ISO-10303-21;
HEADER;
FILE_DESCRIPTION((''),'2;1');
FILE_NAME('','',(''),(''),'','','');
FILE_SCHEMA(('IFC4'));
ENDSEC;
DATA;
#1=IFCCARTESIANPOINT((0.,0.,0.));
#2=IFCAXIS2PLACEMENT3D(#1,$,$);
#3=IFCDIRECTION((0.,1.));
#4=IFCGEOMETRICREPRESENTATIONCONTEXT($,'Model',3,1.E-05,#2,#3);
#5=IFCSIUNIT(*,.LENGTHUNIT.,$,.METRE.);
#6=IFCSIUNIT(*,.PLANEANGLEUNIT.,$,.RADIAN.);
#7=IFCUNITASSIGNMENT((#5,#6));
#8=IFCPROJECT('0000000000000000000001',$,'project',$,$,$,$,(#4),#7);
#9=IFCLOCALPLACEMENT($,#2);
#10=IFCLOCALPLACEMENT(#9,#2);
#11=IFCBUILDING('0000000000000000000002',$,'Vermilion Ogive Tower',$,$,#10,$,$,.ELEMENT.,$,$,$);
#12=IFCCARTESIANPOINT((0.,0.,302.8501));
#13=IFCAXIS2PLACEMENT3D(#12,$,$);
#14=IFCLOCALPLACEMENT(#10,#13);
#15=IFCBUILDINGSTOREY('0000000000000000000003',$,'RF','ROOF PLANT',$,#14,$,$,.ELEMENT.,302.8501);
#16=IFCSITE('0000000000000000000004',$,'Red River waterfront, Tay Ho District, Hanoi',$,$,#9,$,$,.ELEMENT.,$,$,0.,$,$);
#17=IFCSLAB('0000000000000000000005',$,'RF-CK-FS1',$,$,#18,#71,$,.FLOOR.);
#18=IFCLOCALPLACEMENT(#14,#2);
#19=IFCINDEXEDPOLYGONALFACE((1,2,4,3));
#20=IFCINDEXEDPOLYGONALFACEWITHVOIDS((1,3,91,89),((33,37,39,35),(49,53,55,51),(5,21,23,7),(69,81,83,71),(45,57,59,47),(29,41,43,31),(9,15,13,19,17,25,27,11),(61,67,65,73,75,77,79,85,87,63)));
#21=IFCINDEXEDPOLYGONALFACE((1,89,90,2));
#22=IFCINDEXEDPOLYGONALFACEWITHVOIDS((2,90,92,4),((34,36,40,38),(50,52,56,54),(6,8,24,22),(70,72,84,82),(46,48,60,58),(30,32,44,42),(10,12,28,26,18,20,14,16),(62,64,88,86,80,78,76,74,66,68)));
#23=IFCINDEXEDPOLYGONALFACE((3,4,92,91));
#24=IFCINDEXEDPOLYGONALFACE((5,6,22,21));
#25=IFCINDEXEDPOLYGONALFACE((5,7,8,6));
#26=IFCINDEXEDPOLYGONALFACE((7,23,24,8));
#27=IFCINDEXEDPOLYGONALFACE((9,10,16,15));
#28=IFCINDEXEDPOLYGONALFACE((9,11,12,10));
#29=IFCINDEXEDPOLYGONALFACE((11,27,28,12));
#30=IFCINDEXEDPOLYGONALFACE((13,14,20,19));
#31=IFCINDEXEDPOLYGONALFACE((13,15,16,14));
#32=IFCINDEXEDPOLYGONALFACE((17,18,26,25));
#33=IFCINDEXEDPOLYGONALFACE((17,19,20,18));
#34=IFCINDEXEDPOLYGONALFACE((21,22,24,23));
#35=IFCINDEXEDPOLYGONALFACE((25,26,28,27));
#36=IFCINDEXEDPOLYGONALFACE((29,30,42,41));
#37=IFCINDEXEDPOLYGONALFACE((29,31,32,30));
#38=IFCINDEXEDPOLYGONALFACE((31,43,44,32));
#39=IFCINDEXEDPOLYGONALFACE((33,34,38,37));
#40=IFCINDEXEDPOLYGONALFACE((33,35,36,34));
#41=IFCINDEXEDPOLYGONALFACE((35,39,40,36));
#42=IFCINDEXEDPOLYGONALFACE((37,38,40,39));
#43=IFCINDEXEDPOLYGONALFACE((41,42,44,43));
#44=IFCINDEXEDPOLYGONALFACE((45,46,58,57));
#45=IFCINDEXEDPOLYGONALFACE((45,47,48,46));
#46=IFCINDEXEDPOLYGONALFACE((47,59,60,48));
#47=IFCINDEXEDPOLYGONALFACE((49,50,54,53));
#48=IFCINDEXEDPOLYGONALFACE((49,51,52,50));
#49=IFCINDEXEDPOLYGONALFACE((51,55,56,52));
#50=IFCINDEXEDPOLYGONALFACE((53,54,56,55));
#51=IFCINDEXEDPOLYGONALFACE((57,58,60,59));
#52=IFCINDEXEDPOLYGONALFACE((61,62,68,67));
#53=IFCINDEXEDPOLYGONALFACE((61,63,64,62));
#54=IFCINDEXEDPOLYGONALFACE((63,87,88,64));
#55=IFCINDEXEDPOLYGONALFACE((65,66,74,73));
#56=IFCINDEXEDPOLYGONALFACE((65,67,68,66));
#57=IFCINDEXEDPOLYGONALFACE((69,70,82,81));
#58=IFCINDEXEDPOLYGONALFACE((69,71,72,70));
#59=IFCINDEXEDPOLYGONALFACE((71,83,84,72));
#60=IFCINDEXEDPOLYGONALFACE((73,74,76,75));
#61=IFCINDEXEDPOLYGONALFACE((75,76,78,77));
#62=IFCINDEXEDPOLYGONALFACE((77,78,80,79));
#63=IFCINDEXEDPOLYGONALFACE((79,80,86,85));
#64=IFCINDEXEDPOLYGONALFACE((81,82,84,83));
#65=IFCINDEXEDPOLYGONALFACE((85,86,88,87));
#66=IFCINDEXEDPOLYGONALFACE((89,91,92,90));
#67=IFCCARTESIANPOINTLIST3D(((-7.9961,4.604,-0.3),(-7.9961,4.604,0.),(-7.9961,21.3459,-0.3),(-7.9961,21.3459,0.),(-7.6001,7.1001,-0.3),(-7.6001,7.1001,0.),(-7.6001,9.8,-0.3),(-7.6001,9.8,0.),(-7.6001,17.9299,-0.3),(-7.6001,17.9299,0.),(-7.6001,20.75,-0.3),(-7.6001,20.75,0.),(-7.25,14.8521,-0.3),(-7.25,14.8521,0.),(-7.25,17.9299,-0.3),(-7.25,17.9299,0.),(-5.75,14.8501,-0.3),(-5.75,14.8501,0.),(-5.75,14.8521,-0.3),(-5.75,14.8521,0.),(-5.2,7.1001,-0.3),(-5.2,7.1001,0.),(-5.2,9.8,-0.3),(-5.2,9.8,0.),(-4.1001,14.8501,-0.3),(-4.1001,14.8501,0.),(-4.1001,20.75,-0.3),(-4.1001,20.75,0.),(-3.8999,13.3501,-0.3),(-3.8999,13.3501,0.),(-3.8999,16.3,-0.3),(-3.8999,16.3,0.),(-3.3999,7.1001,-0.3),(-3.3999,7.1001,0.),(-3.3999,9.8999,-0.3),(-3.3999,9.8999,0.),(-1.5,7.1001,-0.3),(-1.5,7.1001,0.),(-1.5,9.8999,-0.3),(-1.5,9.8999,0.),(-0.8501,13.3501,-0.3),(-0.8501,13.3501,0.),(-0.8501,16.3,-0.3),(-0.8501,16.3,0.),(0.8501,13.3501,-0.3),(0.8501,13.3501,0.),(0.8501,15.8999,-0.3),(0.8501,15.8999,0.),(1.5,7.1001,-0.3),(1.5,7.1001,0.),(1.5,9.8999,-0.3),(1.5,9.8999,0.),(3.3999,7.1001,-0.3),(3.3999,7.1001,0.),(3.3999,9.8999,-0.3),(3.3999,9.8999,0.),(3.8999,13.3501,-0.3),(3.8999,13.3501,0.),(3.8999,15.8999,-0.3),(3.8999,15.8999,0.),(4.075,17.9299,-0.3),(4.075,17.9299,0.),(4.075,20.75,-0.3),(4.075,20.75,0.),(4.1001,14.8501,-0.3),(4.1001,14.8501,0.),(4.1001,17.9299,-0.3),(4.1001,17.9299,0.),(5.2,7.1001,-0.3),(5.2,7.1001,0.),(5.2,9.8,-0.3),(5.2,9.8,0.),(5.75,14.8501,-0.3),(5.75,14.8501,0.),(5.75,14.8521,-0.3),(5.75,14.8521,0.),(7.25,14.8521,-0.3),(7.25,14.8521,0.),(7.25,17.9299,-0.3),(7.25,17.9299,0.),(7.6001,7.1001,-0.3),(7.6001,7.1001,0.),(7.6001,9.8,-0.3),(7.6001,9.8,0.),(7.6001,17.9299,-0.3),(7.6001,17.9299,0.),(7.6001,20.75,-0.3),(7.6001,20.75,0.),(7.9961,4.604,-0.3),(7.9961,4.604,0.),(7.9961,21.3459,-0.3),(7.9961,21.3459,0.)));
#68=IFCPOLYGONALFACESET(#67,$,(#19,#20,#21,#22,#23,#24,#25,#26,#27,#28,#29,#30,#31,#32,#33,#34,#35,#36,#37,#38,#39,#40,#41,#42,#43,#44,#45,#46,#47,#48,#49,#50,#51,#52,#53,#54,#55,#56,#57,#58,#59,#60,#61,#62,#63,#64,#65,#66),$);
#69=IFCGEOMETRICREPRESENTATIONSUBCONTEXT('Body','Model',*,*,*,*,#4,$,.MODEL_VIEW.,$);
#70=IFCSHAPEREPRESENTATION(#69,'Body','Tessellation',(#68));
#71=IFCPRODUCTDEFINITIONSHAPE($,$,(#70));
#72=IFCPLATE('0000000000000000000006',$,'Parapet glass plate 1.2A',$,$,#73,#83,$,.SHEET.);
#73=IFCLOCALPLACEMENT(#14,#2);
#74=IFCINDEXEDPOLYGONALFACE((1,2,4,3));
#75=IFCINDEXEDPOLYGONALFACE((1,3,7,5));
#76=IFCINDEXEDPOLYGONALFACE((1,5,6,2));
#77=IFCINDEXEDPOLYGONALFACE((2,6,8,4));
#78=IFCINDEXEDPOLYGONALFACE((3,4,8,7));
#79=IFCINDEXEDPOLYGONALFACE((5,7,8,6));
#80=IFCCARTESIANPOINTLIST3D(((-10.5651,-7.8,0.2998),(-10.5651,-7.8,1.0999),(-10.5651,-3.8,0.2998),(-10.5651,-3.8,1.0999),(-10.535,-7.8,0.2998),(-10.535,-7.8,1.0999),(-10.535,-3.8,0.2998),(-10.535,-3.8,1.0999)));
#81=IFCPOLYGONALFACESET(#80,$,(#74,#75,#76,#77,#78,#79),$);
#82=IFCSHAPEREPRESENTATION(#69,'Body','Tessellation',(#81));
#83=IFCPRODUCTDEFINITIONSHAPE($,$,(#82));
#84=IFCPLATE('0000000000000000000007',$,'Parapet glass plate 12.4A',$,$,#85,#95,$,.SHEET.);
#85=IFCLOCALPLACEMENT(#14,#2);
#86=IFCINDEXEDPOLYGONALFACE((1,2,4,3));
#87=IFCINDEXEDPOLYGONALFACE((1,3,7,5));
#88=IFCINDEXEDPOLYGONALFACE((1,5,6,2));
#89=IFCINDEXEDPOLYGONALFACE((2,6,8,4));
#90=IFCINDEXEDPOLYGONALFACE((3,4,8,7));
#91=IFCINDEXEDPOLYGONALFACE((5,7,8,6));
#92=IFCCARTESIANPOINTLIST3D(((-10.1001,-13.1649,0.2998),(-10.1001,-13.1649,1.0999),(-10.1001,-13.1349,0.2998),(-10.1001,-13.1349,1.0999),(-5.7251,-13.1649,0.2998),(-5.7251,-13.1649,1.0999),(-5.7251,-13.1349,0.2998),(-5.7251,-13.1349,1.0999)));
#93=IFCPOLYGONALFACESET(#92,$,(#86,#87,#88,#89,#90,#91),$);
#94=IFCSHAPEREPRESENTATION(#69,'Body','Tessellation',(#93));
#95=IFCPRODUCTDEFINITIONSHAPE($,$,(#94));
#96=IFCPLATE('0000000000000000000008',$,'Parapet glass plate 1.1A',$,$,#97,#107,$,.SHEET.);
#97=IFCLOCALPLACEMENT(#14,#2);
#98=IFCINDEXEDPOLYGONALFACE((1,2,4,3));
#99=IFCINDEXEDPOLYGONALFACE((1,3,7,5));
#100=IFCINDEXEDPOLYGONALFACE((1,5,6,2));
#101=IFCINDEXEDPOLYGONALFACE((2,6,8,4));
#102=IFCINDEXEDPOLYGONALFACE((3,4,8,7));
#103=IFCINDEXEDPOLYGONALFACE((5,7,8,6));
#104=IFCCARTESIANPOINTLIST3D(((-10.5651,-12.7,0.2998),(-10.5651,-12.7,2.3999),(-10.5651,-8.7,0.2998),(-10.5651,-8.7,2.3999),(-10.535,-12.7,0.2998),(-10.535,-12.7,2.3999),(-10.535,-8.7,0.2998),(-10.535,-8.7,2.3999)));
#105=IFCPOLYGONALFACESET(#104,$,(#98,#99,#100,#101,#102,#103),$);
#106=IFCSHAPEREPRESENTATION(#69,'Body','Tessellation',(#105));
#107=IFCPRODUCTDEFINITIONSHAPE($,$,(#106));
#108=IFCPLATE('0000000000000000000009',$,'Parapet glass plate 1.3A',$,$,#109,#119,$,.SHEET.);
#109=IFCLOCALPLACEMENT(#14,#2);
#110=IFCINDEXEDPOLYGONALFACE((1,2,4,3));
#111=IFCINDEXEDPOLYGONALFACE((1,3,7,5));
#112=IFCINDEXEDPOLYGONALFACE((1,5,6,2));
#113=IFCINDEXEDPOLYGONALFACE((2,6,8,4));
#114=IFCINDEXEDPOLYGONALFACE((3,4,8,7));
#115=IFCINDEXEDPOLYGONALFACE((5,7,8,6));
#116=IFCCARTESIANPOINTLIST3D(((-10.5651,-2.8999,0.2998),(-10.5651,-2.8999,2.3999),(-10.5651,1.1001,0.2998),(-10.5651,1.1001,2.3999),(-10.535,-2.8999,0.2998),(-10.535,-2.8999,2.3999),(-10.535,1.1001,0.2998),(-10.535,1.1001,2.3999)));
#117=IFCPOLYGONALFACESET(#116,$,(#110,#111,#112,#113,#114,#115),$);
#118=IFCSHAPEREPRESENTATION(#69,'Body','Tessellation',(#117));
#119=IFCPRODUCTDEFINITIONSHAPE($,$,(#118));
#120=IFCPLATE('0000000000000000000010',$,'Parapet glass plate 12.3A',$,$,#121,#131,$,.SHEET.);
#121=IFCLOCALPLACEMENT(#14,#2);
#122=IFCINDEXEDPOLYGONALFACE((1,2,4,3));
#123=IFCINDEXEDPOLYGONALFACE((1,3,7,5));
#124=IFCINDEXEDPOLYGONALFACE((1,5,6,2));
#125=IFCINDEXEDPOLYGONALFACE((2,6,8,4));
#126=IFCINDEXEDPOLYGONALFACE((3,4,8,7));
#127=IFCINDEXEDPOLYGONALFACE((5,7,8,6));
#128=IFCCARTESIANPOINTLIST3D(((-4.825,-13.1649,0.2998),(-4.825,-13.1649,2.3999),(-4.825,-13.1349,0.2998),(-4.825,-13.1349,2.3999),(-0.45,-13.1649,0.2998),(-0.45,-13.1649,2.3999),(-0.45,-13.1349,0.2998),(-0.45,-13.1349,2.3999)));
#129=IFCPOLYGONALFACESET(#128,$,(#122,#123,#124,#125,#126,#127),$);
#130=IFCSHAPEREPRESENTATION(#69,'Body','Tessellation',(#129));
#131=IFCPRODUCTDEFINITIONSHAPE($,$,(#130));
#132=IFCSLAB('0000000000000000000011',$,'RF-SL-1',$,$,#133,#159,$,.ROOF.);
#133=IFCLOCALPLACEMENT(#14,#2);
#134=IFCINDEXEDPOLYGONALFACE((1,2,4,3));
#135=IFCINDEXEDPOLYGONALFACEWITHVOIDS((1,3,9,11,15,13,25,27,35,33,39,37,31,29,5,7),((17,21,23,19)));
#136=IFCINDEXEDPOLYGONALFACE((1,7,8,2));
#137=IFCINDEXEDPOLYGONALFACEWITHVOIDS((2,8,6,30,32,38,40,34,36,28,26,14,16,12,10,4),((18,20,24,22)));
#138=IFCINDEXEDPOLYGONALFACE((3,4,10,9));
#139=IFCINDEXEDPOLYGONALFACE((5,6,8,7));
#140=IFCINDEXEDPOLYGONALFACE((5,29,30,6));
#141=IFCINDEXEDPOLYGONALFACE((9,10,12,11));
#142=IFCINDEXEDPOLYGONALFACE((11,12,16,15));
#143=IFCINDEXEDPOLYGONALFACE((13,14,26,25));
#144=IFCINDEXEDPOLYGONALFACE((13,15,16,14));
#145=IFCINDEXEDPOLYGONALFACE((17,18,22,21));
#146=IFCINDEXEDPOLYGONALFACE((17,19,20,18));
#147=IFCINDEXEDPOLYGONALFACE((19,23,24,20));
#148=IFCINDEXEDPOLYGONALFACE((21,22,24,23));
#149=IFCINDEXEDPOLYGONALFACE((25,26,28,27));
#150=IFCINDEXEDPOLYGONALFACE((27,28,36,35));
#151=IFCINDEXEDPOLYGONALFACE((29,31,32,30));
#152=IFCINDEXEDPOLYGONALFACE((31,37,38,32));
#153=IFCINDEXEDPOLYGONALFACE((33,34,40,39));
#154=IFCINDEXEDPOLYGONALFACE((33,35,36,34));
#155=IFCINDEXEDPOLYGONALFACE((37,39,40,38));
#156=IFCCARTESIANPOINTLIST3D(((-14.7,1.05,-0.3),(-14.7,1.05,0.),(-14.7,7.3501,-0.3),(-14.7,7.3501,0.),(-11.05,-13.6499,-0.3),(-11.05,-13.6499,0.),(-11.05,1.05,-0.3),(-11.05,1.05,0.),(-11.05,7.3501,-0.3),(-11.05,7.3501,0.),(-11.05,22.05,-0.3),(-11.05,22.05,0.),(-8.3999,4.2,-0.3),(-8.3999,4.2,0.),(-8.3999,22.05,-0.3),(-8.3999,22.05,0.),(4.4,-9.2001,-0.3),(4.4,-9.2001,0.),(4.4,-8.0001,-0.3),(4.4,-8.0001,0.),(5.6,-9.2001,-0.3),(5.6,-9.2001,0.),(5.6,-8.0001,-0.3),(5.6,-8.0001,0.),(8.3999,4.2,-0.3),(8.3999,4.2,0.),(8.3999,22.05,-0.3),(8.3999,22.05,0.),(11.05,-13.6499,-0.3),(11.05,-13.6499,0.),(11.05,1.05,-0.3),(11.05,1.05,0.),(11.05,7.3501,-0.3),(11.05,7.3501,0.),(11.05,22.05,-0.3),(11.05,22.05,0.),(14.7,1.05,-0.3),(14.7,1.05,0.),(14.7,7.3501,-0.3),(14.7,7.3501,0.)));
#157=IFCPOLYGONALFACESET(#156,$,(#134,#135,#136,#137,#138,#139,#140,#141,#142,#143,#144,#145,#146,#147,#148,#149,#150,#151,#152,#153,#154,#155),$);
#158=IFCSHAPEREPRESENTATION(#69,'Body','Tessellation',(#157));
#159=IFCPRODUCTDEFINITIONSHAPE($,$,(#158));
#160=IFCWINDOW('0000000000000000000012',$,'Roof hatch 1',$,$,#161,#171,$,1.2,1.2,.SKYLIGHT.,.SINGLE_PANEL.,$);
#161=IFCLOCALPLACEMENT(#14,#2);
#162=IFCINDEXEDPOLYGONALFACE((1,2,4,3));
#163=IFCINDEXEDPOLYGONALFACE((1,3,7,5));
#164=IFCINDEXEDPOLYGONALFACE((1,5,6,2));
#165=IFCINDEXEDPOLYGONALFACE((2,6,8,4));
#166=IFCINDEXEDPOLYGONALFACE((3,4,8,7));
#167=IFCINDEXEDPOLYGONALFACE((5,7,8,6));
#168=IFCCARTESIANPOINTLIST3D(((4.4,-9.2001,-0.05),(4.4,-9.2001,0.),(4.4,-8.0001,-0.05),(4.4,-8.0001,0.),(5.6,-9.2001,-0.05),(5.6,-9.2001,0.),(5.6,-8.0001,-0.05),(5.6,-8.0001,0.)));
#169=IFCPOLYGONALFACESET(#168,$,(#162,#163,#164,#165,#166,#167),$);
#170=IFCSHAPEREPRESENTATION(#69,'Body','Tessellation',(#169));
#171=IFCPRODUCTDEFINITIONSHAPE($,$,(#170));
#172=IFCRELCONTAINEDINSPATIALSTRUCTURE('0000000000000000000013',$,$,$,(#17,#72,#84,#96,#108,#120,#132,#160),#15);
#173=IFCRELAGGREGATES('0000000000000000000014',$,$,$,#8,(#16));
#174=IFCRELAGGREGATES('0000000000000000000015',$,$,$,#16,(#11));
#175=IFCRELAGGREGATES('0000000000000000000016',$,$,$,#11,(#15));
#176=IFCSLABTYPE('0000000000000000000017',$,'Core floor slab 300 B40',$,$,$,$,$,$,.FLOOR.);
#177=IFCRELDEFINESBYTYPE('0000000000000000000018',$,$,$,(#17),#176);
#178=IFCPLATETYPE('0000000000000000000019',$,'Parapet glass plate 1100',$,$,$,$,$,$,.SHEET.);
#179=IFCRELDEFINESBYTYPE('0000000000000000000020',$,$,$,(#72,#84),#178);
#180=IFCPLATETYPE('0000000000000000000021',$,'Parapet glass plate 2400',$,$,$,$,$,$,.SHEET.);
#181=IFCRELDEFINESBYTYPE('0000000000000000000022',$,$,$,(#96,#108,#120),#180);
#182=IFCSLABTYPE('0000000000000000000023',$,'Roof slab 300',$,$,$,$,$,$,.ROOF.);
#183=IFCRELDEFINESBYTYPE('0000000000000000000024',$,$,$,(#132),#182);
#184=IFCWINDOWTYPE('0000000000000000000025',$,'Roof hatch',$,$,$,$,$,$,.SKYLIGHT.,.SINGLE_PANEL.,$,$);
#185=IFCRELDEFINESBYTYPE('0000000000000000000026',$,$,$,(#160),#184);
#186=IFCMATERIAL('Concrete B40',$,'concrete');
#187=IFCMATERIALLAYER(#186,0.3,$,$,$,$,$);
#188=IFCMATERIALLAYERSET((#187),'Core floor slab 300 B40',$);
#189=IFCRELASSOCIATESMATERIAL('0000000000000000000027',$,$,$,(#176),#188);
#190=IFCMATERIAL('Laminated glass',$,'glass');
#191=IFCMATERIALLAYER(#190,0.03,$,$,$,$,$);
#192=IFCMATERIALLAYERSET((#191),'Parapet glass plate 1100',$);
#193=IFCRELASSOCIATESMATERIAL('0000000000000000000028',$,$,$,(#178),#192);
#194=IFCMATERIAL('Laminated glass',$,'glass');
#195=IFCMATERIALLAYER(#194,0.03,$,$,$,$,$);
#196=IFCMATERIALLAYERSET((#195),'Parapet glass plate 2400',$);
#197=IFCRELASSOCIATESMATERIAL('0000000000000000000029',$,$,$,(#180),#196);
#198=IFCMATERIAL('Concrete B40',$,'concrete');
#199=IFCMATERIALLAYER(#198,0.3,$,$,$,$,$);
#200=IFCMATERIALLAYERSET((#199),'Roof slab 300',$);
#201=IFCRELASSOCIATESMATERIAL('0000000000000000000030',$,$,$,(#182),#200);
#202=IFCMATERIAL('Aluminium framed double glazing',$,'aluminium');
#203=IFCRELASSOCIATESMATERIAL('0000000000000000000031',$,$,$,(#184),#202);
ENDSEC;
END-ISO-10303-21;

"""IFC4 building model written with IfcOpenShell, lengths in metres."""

from ifc_helpers import new_model, si_unit, direction, frame, origin, origin_2d, place, context, subcontext, project, spatial, polyline, rectangle, outline, extrude, material, layer, layer_set, type_object, element, fill, save


model = new_model("IFC4")

# Units and contexts
model_context = context("Model", 3, precision=1e-05, world=origin(), true_north=direction((0.0, 1.0)))
body_context = subcontext(model_context, "Body", "Model", "MODEL_VIEW")
ifc_project = project(units=[si_unit("LENGTHUNIT", "METRE"), si_unit("PLANEANGLEUNIT", "RADIAN")], contexts=[model_context])

# Site, building, storey
site_placement = place(None, origin())
site = spatial("IfcSite", under=ifc_project, at=site_placement, Name="Red River waterfront, Tay Ho District, Hanoi", CompositionType="ELEMENT", RefElevation=0.0)
building_placement = place(site_placement, origin())
building = spatial("IfcBuilding", under=site, at=building_placement, Name="Vermilion Ogive Tower", CompositionType="ELEMENT")
storey_placement = place(building_placement, frame((0.0, 0.0, 302.8501)))
storey = spatial("IfcBuildingStorey", under=building, at=storey_placement, Name="RF", Description="ROOF PLANT", CompositionType="ELEMENT", Elevation=302.8501)

# Slab
ifc_material_1 = material(Name="Concrete B40", Category="concrete")
ifc_layer_1 = layer(ifc_material_1, 0.3)
ifc_layer_set_1 = layer_set([ifc_layer_1], Name="Core floor slab 300 B40")
slab_type_1 = type_object("IfcSlabType", Name="Core floor slab 300 B40", PredefinedType="FLOOR", material=ifc_layer_set_1)
slab_1_placement = place(storey_placement, frame((0.0, 0.0, -0.3)))
element("IfcSlab", 1, at=slab_1_placement, inside=storey, type_object=slab_type_1, Name="RF-CK-FS1", PredefinedType="FLOOR", context=body_context, shape_type="SweptSolid", body=[
    extrude(outline(polyline([(7.9961, 21.3459), (-7.9961, 21.3459), (-7.9961, 4.604), (7.9961, 4.604), (7.9961, 21.3459)]), holes=[polyline([(-7.6001, 9.8), (-5.2, 9.8), (-5.2, 7.1001), (-7.6001, 7.1001), (-7.6001, 9.8)]), polyline([(5.2, 9.8), (7.6001, 9.8), (7.6001, 7.1001), (5.2, 7.1001), (5.2, 9.8)]), polyline([(-3.3999, 9.8999), (-1.5, 9.8999), (-1.5, 7.1001), (-3.3999, 7.1001), (-3.3999, 9.8999)]), polyline([(1.5, 9.8999), (3.3999, 9.8999), (3.3999, 7.1001), (1.5, 7.1001), (1.5, 9.8999)]), polyline([(0.8501, 15.8999), (3.8999, 15.8999), (3.8999, 13.3501), (0.8501, 13.3501), (0.8501, 15.8999)]), polyline([(-3.8999, 16.3), (-0.8501, 16.3), (-0.8501, 13.3501), (-3.8999, 13.3501), (-3.8999, 16.3)]), polyline([(-4.1001, 20.75), (-4.1001, 14.8501), (-5.75, 14.8501), (-5.75, 14.8521), (-7.25, 14.8521), (-7.25, 17.9299), (-7.6001, 17.9299), (-7.6001, 20.75), (-4.1001, 20.75)]), polyline([(7.25, 17.9299), (7.25, 14.8521), (5.75, 14.8521), (5.75, 14.8501), (4.1001, 14.8501), (4.1001, 17.9299), (4.075, 17.9299), (4.075, 20.75), (7.6001, 20.75), (7.6001, 17.9299), (7.25, 17.9299)])]), origin(), (0.0, 0.0, 1.0), 0.3),
])

# Plates
ifc_material_2 = material(Name="Laminated glass", Category="glass")
ifc_layer_2 = layer(ifc_material_2, 0.03)
ifc_layer_set_2 = layer_set([ifc_layer_2], Name="Parapet glass plate 1100")
plate_type_1 = type_object("IfcPlateType", Name="Parapet glass plate 1100", PredefinedType="SHEET", material=ifc_layer_set_2)
plate_1_placement = place(storey_placement, frame((-10.55, -5.8, 0.2998), z_axis=(0.0, 0.0, 1.0), x_axis=(0.0, 1.0, 0.0)))
element("IfcPlate", 2, at=plate_1_placement, inside=storey, type_object=plate_type_1, Name="Parapet glass plate 1.2A", PredefinedType="SHEET", context=body_context, shape_type="SweptSolid", body=[
    extrude(rectangle(XDim=4.0, YDim=0.03, at=origin_2d()), origin(), (0.0, 0.0, 1.0), 0.8),
])
plate_2_placement = place(storey_placement, frame((-7.9126, -13.1499, 0.2998), z_axis=(0.0, 0.0, 1.0), x_axis=(-1.0, 0.0, 0.0)))
element("IfcPlate", 3, at=plate_2_placement, inside=storey, type_object=plate_type_1, Name="Parapet glass plate 12.4A", PredefinedType="SHEET", context=body_context, shape_type="SweptSolid", body=[
    extrude(rectangle(XDim=4.375, YDim=0.03, at=origin_2d()), origin(), (0.0, 0.0, 1.0), 0.8),
])
ifc_material_3 = material(Name="Laminated glass", Category="glass")
ifc_layer_3 = layer(ifc_material_3, 0.03)
ifc_layer_set_3 = layer_set([ifc_layer_3], Name="Parapet glass plate 2400")
plate_type_2 = type_object("IfcPlateType", Name="Parapet glass plate 2400", PredefinedType="SHEET", material=ifc_layer_set_3)
for number, where, z_axis, x_axis, name in (
    (4, (-10.55, -10.7, 0.2998), (0.0, 0.0, 1.0), (0.0, 1.0, 0.0), "Parapet glass plate 1.1A"),
    (5, (-10.55, -0.8999, 0.2998), (0.0, 0.0, 1.0), (0.0, 1.0, 0.0), "Parapet glass plate 1.3A"),
):
    element("IfcPlate", number, at=place(storey_placement, frame(where, z_axis=z_axis, x_axis=x_axis)), inside=storey, type_object=plate_type_2, Name=name, PredefinedType="SHEET", context=body_context, shape_type="SweptSolid", body=[
        extrude(rectangle(XDim=4.0, YDim=0.03, at=origin_2d()), origin(), (0.0, 0.0, 1.0), 2.1001),
    ])
plate_3_placement = place(storey_placement, frame((-2.6375, -13.1499, 0.2998), z_axis=(0.0, 0.0, 1.0), x_axis=(-1.0, 0.0, 0.0)))
element("IfcPlate", 6, at=plate_3_placement, inside=storey, type_object=plate_type_2, Name="Parapet glass plate 12.3A", PredefinedType="SHEET", context=body_context, shape_type="SweptSolid", body=[
    extrude(rectangle(XDim=4.375, YDim=0.03, at=origin_2d()), origin(), (0.0, 0.0, 1.0), 2.1001),
])

# Slab, opening, window
ifc_material_4 = material(Name="Concrete B40", Category="concrete")
ifc_layer_4 = layer(ifc_material_4, 0.3)
ifc_layer_set_4 = layer_set([ifc_layer_4], Name="Roof slab 300")
slab_type_2 = type_object("IfcSlabType", Name="Roof slab 300", PredefinedType="ROOF", material=ifc_layer_set_4)
slab_2_placement = place(storey_placement, frame((0.0, 0.0, -0.3)))
slab_2 = element("IfcSlab", 7, at=slab_2_placement, inside=storey, type_object=slab_type_2, Name="RF-SL-1", PredefinedType="ROOF", context=body_context, shape_type="SweptSolid", body=[
    extrude(outline(polyline([(-11.05, 1.05), (-14.7, 1.05), (-14.7, 7.3501), (-11.05, 7.3501), (-11.05, 22.05), (-8.3999, 22.05), (-8.3999, 4.2), (8.3999, 4.2), (8.3999, 22.05), (11.05, 22.05), (11.05, 7.3501), (14.7, 7.3501), (14.7, 1.05), (11.05, 1.05), (11.05, -13.6499), (-11.05, -13.6499), (-11.05, 1.05)])), origin(), (0.0, 0.0, 1.0), 0.3),
])
opening_placement = place(slab_2_placement, frame((5.0, -8.6001, 0.0)))
opening = element("IfcOpeningElement", 8, at=opening_placement, cuts=slab_2, PredefinedType="OPENING", context=body_context, shape_type="SweptSolid", body=[
    extrude(rectangle(XDim=1.2, YDim=1.2, at=origin_2d()), origin(), (0.0, 0.0, 1.0), 0.3),
])
ifc_material_5 = material(Name="Aluminium framed double glazing", Category="aluminium")
window_type = type_object("IfcWindowType", Name="Roof hatch", PartitioningType="SINGLE_PANEL", PredefinedType="SKYLIGHT", material=ifc_material_5)
window_placement = place(opening_placement, frame((0.0, 0.0, 0.25)))
window = element("IfcWindow", 9, at=window_placement, inside=storey, type_object=window_type, Name="Roof hatch 1", OverallHeight=1.2, OverallWidth=1.2, PartitioningType="SINGLE_PANEL", PredefinedType="SKYLIGHT", context=body_context, shape_type="SweptSolid", body=[
    extrude(rectangle(XDim=1.2, YDim=1.2, at=origin_2d()), origin(), (0.0, 0.0, 1.0), 0.05),
])
fill(opening, window)

save(model, "model.ifc")
